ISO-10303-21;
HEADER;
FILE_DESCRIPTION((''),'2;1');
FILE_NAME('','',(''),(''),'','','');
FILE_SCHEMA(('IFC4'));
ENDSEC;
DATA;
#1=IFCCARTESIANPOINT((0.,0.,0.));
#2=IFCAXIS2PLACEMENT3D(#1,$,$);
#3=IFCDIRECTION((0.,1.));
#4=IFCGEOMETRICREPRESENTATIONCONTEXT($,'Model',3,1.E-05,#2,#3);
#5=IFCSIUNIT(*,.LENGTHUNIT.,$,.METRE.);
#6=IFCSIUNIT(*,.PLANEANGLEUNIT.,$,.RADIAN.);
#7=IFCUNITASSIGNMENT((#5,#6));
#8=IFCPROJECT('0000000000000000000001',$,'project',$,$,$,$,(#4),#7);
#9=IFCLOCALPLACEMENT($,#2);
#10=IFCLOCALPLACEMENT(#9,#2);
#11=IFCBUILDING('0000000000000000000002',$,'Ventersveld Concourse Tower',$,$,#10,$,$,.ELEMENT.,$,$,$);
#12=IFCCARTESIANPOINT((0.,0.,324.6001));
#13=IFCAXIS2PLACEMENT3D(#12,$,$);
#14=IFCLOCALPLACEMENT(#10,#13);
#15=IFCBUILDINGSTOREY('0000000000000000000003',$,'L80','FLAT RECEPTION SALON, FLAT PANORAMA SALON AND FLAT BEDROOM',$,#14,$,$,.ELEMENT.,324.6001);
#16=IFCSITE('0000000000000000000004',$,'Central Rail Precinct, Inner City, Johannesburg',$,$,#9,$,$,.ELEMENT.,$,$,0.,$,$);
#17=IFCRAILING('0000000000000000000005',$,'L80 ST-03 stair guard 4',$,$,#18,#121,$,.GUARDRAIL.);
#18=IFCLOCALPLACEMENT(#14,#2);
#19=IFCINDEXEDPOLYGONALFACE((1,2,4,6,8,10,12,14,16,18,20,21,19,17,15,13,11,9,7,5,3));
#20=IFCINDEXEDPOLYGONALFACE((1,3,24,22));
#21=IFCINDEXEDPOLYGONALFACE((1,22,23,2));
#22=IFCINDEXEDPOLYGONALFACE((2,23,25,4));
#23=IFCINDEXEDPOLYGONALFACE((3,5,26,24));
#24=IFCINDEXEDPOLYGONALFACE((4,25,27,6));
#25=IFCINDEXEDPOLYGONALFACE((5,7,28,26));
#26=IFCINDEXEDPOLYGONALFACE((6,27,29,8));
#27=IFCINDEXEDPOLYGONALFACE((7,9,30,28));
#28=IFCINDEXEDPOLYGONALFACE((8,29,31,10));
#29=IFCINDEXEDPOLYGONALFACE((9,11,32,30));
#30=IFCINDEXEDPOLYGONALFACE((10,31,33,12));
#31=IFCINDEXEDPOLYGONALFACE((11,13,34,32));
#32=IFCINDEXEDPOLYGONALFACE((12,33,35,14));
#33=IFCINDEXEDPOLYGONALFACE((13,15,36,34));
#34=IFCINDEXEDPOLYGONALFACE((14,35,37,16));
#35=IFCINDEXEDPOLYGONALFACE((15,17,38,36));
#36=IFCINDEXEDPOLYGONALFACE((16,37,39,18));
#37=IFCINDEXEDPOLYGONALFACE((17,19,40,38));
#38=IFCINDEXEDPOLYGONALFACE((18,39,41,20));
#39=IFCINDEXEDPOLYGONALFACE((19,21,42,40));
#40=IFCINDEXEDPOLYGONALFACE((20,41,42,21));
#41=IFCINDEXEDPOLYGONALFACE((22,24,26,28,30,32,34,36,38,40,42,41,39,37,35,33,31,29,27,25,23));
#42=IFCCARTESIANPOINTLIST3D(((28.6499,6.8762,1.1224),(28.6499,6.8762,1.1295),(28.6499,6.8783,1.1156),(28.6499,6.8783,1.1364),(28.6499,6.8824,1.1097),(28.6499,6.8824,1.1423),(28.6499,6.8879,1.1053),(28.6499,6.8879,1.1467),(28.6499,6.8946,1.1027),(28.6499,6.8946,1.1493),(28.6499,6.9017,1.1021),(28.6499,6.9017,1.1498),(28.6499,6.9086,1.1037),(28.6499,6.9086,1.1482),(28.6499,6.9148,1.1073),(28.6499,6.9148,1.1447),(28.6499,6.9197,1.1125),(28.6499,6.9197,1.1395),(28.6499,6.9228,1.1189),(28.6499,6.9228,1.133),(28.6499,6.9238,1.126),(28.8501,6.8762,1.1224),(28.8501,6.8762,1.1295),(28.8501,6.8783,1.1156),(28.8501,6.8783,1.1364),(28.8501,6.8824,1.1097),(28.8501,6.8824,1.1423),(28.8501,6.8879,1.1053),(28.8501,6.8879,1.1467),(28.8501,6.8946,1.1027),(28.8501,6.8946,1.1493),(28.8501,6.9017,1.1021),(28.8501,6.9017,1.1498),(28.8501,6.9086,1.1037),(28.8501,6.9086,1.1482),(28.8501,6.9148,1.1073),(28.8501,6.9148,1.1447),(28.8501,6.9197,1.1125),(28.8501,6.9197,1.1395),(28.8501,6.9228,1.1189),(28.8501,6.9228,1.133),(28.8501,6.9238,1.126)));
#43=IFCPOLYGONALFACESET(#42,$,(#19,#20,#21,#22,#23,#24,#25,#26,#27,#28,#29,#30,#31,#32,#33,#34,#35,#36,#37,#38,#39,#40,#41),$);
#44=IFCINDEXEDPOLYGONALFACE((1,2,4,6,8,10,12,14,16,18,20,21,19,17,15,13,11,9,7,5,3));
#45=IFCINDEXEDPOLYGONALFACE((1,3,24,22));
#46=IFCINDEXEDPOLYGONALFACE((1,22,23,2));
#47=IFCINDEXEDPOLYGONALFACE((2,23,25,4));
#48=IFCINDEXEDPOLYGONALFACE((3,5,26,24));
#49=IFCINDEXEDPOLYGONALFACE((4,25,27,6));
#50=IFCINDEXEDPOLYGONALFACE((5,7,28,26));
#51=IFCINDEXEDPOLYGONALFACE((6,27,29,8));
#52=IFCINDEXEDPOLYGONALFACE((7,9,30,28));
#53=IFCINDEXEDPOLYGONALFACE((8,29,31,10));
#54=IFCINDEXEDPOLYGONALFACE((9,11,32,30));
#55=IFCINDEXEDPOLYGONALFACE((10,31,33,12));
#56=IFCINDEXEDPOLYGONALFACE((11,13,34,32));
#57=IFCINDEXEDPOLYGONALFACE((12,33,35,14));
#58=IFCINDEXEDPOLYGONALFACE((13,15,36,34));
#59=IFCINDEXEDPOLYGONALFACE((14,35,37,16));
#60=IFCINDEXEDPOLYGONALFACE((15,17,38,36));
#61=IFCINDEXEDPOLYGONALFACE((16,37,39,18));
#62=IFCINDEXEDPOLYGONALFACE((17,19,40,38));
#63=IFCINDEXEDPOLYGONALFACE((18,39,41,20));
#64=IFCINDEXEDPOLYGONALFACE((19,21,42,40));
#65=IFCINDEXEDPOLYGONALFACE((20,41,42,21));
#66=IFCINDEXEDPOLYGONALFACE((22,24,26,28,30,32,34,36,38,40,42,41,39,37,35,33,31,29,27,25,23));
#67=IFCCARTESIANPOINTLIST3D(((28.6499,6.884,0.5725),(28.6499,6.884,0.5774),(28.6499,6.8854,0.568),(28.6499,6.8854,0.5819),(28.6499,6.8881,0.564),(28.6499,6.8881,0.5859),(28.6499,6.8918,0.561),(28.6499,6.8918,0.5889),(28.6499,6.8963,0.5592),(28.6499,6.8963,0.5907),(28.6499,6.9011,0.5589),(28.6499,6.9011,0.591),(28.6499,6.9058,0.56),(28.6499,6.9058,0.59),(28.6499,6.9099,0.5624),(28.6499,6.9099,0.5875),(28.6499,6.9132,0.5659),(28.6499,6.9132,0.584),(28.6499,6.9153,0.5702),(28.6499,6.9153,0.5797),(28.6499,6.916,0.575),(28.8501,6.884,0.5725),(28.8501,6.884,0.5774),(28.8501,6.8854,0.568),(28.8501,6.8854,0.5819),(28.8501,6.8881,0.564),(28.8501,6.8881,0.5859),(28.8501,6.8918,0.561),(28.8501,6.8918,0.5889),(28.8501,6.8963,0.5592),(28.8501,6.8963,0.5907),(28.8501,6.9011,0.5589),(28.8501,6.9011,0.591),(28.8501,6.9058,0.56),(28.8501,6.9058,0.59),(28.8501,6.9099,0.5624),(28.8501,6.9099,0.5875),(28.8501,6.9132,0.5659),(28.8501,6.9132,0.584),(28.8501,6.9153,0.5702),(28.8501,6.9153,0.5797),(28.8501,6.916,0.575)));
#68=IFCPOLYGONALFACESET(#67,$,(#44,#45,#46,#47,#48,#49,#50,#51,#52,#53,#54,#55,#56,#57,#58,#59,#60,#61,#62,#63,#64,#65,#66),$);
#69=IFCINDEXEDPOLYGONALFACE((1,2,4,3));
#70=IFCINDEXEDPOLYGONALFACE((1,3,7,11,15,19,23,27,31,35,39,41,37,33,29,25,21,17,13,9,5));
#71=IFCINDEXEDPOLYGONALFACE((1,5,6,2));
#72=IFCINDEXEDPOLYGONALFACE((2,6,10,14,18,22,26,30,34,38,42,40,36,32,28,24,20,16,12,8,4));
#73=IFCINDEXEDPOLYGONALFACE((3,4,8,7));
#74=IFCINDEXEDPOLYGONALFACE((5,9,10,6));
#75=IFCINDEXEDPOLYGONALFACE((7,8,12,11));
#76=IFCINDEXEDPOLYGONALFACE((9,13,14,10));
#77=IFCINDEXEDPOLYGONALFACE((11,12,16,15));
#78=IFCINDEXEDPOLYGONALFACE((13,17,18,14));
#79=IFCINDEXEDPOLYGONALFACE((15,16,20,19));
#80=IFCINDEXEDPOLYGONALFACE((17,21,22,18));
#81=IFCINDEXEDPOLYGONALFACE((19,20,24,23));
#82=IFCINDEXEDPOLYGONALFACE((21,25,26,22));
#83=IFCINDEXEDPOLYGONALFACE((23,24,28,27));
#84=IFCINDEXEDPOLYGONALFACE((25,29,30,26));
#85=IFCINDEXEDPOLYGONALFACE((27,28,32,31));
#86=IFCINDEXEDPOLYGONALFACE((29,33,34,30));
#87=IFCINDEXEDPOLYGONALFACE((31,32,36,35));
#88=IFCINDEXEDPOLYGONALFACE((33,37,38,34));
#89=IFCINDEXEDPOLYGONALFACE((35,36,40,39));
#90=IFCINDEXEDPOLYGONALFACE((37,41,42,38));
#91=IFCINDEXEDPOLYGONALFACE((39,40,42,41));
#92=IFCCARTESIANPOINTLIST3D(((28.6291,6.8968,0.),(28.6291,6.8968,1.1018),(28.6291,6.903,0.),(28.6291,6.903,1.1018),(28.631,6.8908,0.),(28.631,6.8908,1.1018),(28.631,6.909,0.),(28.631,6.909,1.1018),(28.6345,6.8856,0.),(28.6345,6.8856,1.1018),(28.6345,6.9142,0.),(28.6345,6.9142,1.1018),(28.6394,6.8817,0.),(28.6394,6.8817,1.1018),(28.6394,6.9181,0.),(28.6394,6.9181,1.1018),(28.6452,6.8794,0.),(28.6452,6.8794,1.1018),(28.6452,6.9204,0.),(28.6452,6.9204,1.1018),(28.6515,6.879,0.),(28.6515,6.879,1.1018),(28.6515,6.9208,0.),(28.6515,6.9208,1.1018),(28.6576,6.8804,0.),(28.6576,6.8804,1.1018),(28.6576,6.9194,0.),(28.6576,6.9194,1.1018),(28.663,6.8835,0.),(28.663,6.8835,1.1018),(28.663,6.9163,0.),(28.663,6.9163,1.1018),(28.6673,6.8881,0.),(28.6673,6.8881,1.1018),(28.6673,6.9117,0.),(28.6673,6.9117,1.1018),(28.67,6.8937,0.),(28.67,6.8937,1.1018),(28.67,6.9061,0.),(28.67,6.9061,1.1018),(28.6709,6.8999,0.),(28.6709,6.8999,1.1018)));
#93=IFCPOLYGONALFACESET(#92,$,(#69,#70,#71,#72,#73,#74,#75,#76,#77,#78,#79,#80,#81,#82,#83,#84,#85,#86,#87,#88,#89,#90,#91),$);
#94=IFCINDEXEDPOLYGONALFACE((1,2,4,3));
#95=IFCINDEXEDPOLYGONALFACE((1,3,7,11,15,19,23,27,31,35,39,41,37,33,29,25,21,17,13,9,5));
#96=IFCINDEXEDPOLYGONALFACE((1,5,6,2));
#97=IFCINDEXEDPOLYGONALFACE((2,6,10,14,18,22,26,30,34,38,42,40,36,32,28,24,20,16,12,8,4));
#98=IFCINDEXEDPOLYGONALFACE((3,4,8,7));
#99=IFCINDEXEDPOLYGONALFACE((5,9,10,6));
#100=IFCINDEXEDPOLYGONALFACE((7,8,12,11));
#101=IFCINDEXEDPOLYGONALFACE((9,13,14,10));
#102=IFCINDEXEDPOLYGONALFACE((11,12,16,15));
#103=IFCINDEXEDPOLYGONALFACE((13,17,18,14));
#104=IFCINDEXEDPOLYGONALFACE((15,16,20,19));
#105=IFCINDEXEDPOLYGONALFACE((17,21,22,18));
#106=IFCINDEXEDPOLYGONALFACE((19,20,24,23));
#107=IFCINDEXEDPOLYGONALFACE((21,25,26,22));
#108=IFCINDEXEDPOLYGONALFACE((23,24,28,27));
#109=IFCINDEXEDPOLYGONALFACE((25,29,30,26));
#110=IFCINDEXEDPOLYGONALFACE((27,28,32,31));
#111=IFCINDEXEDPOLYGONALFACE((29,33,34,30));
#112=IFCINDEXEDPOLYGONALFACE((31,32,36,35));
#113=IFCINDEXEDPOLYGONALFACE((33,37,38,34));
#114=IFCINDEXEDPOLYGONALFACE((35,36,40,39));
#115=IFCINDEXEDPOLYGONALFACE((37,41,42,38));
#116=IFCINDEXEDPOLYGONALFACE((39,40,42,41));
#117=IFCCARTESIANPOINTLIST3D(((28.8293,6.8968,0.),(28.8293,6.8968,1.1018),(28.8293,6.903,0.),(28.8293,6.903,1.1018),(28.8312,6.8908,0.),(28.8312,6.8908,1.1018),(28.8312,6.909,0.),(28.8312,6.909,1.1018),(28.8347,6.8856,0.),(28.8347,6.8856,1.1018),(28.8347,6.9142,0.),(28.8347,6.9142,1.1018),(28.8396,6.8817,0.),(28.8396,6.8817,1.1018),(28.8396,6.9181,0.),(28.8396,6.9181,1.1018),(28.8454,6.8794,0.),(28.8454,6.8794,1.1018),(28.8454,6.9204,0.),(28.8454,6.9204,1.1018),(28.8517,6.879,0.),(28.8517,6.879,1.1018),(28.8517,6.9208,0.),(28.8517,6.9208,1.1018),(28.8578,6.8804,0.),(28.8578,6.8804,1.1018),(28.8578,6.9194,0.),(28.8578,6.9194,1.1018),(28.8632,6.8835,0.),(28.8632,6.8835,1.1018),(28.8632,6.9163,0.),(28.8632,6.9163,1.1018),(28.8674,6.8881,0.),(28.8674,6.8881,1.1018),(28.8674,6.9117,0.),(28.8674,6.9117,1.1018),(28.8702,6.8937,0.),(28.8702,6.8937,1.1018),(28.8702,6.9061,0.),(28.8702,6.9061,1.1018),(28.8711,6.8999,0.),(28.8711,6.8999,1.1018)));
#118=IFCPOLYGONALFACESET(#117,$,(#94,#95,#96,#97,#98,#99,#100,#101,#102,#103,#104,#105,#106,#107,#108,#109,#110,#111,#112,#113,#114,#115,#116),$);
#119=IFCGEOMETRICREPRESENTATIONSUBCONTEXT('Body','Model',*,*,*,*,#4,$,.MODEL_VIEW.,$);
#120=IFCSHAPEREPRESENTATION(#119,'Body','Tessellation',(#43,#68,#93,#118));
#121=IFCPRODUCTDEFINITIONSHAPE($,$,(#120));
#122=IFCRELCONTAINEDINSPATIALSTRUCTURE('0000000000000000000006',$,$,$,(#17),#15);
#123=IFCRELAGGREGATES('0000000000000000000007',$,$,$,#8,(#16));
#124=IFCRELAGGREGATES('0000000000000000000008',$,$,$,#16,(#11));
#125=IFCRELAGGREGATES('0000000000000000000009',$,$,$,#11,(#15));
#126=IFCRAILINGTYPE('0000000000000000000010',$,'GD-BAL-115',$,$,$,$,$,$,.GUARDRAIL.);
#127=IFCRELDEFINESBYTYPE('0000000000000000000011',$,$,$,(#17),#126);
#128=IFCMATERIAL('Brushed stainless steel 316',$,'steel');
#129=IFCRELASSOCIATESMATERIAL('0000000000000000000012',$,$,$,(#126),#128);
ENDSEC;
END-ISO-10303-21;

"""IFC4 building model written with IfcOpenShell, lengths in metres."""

from ifc_helpers import new_model, si_unit, direction, frame, origin, origin_2d, place, context, subcontext, project, spatial, circle, extrude, material, type_object, element, save


model = new_model("IFC4")

# Units and contexts
model_context = context("Model", 3, precision=1e-05, world=origin(), true_north=direction((0.0, 1.0)))
body_context = subcontext(model_context, "Body", "Model", "MODEL_VIEW")
ifc_project = project(units=[si_unit("LENGTHUNIT", "METRE"), si_unit("PLANEANGLEUNIT", "RADIAN")], contexts=[model_context])

# Site, building, storey
site_placement = place(None, origin())
site = spatial("IfcSite", under=ifc_project, at=site_placement, Name="Central Rail Precinct, Inner City, Johannesburg", CompositionType="ELEMENT", RefElevation=0.0)
building_placement = place(site_placement, origin())
building = spatial("IfcBuilding", under=site, at=building_placement, Name="Ventersveld Concourse Tower", CompositionType="ELEMENT")
storey_placement = place(building_placement, frame((0.0, 0.0, 324.6001)))
storey = spatial("IfcBuildingStorey", under=building, at=storey_placement, Name="L80", Description="FLAT RECEPTION SALON, FLAT PANORAMA SALON AND FLAT BEDROOM", CompositionType="ELEMENT", Elevation=324.6001)

# Shared definitions
ifc_material_1 = material(Name="Brushed stainless steel 316", Category="steel")

# Railing
railing_type_1 = type_object("IfcRailingType", Name="GD-BAL-115", PredefinedType="GUARDRAIL", material=ifc_material_1)
railing_1_placement = place(storey_placement, frame((28.6499, 6.8999, 0.0)))
element("IfcRailing", 1, at=railing_1_placement, inside=storey, type_object=railing_type_1, Name="L80 ST-03 stair guard 4", PredefinedType="GUARDRAIL", context=body_context, shape_type="SweptSolid", body=[
    extrude(circle(Radius=0.0239, at=origin_2d()), frame((0.0, 0.0, 1.126), z_axis=(1.0, 0.0, 0.0), x_axis=(0.0, 1.0, 0.0)), (0.0, 0.0, 1.0), 0.2002),
    extrude(circle(Radius=0.0161, at=origin_2d()), frame((0.0, 0.0, 0.575), z_axis=(1.0, 0.0, 0.0), x_axis=(0.0, 1.0, 0.0)), (0.0, 0.0, 1.0), 0.2002),
    extrude(circle(Radius=0.021, at=origin_2d()), origin(), (0.0, 0.0, 1.0), 1.1018),
    extrude(circle(Radius=0.021, at=origin_2d()), frame((0.2002, 0.0, 0.0)), (0.0, 0.0, 1.0), 1.1018),
])

save(model, "model.ifc")
